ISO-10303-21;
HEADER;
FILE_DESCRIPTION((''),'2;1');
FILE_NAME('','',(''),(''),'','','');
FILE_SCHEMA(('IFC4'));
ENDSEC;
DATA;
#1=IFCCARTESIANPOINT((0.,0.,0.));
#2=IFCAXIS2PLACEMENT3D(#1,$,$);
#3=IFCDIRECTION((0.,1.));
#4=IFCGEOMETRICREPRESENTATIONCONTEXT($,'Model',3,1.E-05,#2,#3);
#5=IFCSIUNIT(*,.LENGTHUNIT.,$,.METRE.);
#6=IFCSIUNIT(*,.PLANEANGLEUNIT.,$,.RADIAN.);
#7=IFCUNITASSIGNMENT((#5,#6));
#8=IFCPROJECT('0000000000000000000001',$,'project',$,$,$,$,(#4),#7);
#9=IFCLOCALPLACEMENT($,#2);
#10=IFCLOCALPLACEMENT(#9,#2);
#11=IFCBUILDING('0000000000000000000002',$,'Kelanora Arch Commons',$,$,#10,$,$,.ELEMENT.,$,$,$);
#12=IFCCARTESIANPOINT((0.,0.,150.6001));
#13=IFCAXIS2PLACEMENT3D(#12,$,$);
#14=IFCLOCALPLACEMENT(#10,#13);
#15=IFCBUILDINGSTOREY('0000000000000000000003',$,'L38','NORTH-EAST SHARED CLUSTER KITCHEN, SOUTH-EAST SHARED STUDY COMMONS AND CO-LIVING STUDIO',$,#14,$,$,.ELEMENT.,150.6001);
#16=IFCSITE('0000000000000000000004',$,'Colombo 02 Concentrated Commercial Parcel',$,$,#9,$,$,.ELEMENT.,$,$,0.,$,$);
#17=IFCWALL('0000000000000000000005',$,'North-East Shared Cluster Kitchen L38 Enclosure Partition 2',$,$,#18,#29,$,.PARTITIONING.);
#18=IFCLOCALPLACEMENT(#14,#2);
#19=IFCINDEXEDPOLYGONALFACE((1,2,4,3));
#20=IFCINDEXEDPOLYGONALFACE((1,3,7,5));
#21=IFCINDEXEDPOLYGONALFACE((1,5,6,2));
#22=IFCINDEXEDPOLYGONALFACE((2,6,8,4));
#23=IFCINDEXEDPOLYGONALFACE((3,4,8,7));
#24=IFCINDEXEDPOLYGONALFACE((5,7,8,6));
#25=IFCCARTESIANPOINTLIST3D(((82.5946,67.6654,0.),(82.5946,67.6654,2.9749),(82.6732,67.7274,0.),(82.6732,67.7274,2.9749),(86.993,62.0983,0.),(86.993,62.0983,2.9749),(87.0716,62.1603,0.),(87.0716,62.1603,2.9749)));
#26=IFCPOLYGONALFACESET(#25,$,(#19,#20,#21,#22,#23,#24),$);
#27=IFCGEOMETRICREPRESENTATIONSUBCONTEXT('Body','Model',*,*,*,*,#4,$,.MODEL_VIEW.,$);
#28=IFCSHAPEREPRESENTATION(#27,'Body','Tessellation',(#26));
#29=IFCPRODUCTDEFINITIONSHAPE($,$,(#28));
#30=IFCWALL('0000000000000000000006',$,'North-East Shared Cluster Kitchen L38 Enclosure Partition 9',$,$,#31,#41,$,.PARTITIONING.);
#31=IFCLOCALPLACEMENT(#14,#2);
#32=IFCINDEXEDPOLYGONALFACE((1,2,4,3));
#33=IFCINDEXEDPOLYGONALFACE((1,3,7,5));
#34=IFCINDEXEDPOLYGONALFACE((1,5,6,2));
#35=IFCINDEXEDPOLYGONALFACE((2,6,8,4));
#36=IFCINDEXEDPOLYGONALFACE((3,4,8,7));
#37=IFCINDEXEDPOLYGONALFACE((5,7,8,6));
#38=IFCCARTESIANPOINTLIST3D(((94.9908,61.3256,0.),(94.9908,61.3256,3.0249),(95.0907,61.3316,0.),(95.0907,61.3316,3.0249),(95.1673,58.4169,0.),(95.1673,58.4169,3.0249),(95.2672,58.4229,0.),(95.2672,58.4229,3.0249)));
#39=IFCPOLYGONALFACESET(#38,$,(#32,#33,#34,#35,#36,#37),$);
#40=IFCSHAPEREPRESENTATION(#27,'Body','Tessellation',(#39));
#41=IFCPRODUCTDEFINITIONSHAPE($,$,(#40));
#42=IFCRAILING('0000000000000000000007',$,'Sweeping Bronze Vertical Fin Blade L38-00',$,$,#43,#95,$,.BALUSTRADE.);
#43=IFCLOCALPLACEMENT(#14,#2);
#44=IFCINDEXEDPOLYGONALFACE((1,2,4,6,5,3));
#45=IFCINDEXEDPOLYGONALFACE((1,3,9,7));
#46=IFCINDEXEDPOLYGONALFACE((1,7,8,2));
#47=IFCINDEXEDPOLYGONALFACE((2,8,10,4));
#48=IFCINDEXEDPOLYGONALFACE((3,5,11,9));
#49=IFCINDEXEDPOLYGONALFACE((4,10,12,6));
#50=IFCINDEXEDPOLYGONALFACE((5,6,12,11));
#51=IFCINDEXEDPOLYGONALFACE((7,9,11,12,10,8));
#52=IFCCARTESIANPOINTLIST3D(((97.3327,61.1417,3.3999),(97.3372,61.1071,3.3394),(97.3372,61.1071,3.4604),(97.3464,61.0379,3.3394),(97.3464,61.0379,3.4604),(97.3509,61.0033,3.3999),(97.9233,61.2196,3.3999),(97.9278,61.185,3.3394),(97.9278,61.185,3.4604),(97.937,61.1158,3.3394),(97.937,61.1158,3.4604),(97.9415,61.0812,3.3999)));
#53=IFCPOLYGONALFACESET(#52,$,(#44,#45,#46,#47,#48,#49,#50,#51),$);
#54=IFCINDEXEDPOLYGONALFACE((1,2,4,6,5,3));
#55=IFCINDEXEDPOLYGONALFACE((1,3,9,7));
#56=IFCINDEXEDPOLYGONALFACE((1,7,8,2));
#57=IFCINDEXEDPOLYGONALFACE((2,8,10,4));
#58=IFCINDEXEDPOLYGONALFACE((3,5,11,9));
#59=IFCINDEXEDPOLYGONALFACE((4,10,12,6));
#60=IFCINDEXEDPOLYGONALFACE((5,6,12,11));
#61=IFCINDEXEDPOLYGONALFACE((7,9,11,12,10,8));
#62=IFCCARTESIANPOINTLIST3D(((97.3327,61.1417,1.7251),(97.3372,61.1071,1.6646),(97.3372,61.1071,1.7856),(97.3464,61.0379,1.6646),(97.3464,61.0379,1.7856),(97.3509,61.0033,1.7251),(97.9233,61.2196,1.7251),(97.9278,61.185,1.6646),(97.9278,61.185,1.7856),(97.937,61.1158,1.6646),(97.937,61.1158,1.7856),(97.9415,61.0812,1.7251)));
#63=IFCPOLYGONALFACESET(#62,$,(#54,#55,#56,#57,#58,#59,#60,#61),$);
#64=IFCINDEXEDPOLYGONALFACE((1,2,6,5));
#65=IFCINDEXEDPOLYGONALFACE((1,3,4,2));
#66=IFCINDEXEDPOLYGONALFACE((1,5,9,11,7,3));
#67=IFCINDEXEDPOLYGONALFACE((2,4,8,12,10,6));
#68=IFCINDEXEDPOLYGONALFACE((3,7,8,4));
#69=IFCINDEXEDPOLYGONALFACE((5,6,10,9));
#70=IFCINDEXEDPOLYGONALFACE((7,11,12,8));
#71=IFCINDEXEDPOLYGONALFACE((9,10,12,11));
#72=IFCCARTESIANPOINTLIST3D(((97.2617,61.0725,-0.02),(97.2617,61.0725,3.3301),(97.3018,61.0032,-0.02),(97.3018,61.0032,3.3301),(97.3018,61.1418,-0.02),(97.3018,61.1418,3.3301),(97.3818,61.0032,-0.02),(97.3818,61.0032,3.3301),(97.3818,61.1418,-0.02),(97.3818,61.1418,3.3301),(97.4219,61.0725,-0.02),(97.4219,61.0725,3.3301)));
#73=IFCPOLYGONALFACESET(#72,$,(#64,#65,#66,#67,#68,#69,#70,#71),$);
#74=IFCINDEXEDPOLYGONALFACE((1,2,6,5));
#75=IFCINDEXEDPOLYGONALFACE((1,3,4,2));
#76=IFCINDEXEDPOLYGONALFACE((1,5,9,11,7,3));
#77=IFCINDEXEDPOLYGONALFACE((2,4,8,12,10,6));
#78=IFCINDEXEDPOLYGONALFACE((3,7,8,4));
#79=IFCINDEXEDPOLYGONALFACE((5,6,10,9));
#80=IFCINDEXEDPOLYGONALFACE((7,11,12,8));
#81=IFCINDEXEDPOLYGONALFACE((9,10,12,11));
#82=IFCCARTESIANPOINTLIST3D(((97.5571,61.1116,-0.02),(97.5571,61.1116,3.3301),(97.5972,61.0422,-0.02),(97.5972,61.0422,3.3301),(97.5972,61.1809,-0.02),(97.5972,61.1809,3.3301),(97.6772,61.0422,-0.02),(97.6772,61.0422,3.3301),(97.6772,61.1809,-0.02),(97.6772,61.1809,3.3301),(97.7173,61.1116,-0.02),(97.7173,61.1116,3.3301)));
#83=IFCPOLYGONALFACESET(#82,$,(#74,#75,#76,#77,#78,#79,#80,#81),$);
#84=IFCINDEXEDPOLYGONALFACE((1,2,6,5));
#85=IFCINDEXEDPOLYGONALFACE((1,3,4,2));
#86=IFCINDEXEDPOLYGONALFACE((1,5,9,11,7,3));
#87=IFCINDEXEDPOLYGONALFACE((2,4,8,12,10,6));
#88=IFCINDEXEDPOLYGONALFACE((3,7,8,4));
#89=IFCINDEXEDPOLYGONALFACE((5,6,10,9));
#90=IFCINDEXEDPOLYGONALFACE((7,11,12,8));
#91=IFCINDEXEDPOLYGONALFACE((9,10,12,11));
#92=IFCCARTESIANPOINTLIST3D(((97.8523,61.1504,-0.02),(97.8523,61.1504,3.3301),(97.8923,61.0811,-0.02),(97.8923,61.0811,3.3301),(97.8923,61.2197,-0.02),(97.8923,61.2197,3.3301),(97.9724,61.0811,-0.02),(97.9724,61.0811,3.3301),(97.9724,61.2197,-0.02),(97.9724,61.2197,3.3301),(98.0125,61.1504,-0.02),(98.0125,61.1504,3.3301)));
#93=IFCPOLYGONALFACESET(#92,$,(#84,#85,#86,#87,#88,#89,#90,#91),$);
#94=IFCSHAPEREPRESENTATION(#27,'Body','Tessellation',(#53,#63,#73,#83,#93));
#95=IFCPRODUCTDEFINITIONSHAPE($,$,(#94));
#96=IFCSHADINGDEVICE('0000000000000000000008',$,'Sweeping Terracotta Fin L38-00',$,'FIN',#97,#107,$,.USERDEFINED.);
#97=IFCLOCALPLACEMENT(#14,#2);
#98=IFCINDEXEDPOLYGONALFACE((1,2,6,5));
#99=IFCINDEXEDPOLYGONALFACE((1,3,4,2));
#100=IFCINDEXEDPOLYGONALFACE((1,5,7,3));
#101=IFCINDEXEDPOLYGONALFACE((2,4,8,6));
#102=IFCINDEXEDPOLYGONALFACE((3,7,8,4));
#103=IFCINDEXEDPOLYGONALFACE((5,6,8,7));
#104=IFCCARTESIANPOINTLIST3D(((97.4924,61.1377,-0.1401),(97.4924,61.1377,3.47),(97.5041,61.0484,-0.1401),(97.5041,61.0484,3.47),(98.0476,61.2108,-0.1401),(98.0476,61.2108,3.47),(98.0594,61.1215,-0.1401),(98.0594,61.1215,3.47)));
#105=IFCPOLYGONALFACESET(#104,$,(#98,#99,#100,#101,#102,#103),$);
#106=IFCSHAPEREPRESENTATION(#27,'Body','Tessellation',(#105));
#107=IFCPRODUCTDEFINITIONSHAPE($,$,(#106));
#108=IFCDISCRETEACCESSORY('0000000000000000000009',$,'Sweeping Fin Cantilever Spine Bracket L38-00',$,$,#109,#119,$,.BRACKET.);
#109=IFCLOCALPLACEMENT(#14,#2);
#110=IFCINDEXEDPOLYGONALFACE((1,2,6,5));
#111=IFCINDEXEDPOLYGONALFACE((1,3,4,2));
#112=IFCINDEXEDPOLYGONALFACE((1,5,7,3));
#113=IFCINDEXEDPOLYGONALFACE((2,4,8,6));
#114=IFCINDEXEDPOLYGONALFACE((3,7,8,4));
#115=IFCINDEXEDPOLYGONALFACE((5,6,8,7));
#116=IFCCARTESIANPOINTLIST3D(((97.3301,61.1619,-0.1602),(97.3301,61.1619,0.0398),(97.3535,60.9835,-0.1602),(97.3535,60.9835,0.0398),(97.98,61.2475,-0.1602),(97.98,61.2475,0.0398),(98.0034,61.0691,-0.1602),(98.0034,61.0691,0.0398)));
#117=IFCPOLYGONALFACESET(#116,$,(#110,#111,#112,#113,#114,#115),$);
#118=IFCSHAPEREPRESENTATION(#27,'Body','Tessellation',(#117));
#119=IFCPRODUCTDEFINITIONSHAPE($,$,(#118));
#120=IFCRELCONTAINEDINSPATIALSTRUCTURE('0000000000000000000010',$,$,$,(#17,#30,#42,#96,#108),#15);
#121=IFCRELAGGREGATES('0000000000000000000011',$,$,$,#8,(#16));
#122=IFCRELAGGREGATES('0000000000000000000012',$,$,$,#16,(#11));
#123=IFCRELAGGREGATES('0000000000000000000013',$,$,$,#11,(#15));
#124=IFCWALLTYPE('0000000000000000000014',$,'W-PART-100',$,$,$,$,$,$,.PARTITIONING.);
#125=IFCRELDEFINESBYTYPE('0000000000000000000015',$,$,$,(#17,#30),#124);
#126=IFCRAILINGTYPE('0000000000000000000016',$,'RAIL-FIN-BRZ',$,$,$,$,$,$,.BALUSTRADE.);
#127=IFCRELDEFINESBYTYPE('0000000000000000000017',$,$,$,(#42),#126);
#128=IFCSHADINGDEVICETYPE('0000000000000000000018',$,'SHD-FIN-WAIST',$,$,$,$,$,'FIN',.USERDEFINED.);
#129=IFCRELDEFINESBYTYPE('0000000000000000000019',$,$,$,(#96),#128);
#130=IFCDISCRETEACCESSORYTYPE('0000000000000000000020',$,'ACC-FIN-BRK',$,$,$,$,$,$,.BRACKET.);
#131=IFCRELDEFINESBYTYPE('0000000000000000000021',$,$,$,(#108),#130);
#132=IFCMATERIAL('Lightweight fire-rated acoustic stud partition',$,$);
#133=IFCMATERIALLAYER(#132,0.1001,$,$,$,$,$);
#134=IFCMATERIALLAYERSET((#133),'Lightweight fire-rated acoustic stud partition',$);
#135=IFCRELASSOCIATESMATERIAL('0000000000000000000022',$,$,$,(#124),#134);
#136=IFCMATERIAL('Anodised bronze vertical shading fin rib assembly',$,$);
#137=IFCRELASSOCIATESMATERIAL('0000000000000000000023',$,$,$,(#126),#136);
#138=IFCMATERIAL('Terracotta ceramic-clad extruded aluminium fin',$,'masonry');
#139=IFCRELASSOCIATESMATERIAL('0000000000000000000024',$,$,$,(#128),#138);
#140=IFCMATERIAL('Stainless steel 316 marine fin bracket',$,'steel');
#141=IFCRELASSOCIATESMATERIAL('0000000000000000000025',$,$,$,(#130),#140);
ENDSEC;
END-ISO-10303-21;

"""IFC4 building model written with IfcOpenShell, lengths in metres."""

from ifc_helpers import new_model, si_unit, direction, frame, frame_2d, origin, origin_2d, place, context, subcontext, project, spatial, polyline, rectangle, outline, extrude, source, transform, mapped, material, layer, layer_set, type_object, element, save


model = new_model("IFC4")

# Units and contexts
model_context = context("Model", 3, precision=1e-05, world=origin(), true_north=direction((0.0, 1.0)))
body_context = subcontext(model_context, "Body", "Model", "MODEL_VIEW")
ifc_project = project(units=[si_unit("LENGTHUNIT", "METRE"), si_unit("PLANEANGLEUNIT", "RADIAN")], contexts=[model_context])

# Site, building, storey
site_placement = place(None, origin())
site = spatial("IfcSite", under=ifc_project, at=site_placement, Name="Colombo 02 Concentrated Commercial Parcel", CompositionType="ELEMENT", RefElevation=0.0)
building_placement = place(site_placement, origin())
building = spatial("IfcBuilding", under=site, at=building_placement, Name="Kelanora Arch Commons", CompositionType="ELEMENT")
storey_placement = place(building_placement, frame((0.0, 0.0, 150.6001)))
storey = spatial("IfcBuildingStorey", under=building, at=storey_placement, Name="L38", Description="NORTH-EAST SHARED CLUSTER KITCHEN, SOUTH-EAST SHARED STUDY COMMONS AND CO-LIVING STUDIO", CompositionType="ELEMENT", Elevation=150.6001)

# Walls
ifc_material_1 = material(Name="Lightweight fire-rated acoustic stud partition")
ifc_layer_1 = layer(ifc_material_1, 0.1001)
ifc_layer_set_1 = layer_set([ifc_layer_1], Name="Lightweight fire-rated acoustic stud partition")
wall_type = type_object("IfcWallType", Name="W-PART-100", PredefinedType="PARTITIONING", material=ifc_layer_set_1)
wall_1_placement = place(storey_placement, frame((87.0322, 62.1294, 0.0), z_axis=(0.0, 0.0, 1.0), x_axis=(-0.619933, 0.784655, 0.0)))
element("IfcWall", 1, at=wall_1_placement, inside=storey, type_object=wall_type, Name="North-East Shared Cluster Kitchen L38 Enclosure Partition 2", PredefinedType="PARTITIONING", context=body_context, shape_type="SweptSolid", body=[
    extrude(rectangle(XDim=7.095, YDim=0.1001, at=frame_2d((3.5474, 0.0))), origin(), (0.0, 0.0, 1.0), 2.9749),
])
wall_2_placement = place(storey_placement, frame((95.0408, 61.3286, 0.0), z_axis=(0.0, 0.0, 1.0), x_axis=(0.060573, -0.998164, 0.0)))
element("IfcWall", 2, at=wall_2_placement, inside=storey, type_object=wall_type, Name="North-East Shared Cluster Kitchen L38 Enclosure Partition 9", PredefinedType="PARTITIONING", context=body_context, shape_type="SweptSolid", body=[
    extrude(rectangle(XDim=2.9141, YDim=0.1001, at=frame_2d((1.457, 0.0))), origin(), (0.0, 0.0, 1.0), 3.0249),
])

# Railing
ifc_material_2 = material(Name="Anodised bronze vertical shading fin rib assembly")
railing_type_1 = type_object("IfcRailingType", Name="RAIL-FIN-BRZ", PredefinedType="BALUSTRADE", material=ifc_material_2)
railing_1_placement = place(storey_placement, frame((97.3418, 61.0725, -0.02)))
element("IfcRailing", 3, at=railing_1_placement, inside=storey, type_object=railing_type_1, Name="Sweeping Bronze Vertical Fin Blade L38-00", PredefinedType="BALUSTRADE", context=body_context, shape_type="SweptSolid", body=[
    extrude(outline(polyline([(0.0698, 0.0), (0.0349, 0.0605), (-0.0349, 0.0605), (-0.0698, 0.0), (-0.0349, -0.0605), (0.0349, -0.0605), (0.0698, 0.0)])), frame((0.0, 0.0, 3.4199), z_axis=(0.991417, 0.130741, 0.0), x_axis=(-0.130741, 0.991417, 0.0)), (0.0, 0.0, 1.0), 0.5957),
    extrude(outline(polyline([(0.0698, 0.0), (0.0349, 0.0605), (-0.0349, 0.0605), (-0.0698, 0.0), (-0.0349, -0.0605), (0.0349, -0.0605), (0.0698, 0.0)])), frame((0.0, 0.0, 1.7451), z_axis=(0.991417, 0.130741, 0.0), x_axis=(-0.130741, 0.991417, 0.0)), (0.0, 0.0, 1.0), 0.5957),
    extrude(outline(polyline([(0.0801, 0.0), (0.04, 0.0693), (-0.04, 0.0693), (-0.0801, 0.0), (-0.04, -0.0693), (0.04, -0.0693), (0.0801, 0.0)])), origin(), (0.0, 0.0, 1.0), 3.3501),
    extrude(outline(polyline([(0.0801, 0.0), (0.04, 0.0693), (-0.04, 0.0693), (-0.0801, 0.0), (-0.04, -0.0693), (0.04, -0.0693), (0.0801, 0.0)])), frame((0.2954, 0.0391, 0.0)), (0.0, 0.0, 1.0), 3.3501),
    extrude(outline(polyline([(0.0801, 0.0), (0.04, 0.0693), (-0.04, 0.0693), (-0.0801, 0.0), (-0.04, -0.0693), (0.04, -0.0693), (0.0801, 0.0)])), frame((0.5906, 0.0779, 0.0)), (0.0, 0.0, 1.0), 3.3501),
])

# Shading device
ifc_material_3 = material(Name="Terracotta ceramic-clad extruded aluminium fin", Category="masonry")
shading_device_type = type_object("IfcShadingDeviceType", Name="SHD-FIN-WAIST", ElementType="FIN", PredefinedType="USERDEFINED", material=ifc_material_3)
shared_shape_1 = source(origin(), body_context, "Body", "SweptSolid", [
    extrude(rectangle(XDim=0.5601, YDim=0.0901, at=origin_2d()), origin(), (0.0, 0.0, 1.0), 3.6101),
])
shading_device_placement = place(storey_placement, frame((97.7759, 61.1296, -0.1401), z_axis=(0.0, 0.0, 1.0), x_axis=(0.991445, 0.130526, 0.0)))
element("IfcShadingDevice", 4, at=shading_device_placement, inside=storey, type_object=shading_device_type, Name="Sweeping Terracotta Fin L38-00", ObjectType="FIN", PredefinedType="USERDEFINED", context=body_context, shape_type="MappedRepresentation", body=[
    mapped(shared_shape_1, transform((0.0, 0.0, 0.0), scale=1.0)),
])

# Discrete accessory
ifc_material_4 = material(Name="Stainless steel 316 marine fin bracket", Category="steel")
discrete_accessory_type = type_object("IfcDiscreteAccessoryType", Name="ACC-FIN-BRK", PredefinedType="BRACKET", material=ifc_material_4)
shared_shape_2 = source(origin(), body_context, "Body", "SweptSolid", [
    extrude(rectangle(XDim=0.6555, YDim=0.1799, at=origin_2d()), origin(), (0.0, 0.0, 1.0), 0.2),
])
discrete_accessory_placement = place(storey_placement, frame((97.6667, 61.1155, -0.1602), z_axis=(0.0, 0.0, 1.0), x_axis=(0.991445, 0.130526, 0.0)))
element("IfcDiscreteAccessory", 5, at=discrete_accessory_placement, inside=storey, type_object=discrete_accessory_type, Name="Sweeping Fin Cantilever Spine Bracket L38-00", PredefinedType="BRACKET", context=body_context, shape_type="MappedRepresentation", body=[
    mapped(shared_shape_2, transform((0.0, 0.0, 0.0), scale=1.0)),
])

save(model, "model.ifc")
